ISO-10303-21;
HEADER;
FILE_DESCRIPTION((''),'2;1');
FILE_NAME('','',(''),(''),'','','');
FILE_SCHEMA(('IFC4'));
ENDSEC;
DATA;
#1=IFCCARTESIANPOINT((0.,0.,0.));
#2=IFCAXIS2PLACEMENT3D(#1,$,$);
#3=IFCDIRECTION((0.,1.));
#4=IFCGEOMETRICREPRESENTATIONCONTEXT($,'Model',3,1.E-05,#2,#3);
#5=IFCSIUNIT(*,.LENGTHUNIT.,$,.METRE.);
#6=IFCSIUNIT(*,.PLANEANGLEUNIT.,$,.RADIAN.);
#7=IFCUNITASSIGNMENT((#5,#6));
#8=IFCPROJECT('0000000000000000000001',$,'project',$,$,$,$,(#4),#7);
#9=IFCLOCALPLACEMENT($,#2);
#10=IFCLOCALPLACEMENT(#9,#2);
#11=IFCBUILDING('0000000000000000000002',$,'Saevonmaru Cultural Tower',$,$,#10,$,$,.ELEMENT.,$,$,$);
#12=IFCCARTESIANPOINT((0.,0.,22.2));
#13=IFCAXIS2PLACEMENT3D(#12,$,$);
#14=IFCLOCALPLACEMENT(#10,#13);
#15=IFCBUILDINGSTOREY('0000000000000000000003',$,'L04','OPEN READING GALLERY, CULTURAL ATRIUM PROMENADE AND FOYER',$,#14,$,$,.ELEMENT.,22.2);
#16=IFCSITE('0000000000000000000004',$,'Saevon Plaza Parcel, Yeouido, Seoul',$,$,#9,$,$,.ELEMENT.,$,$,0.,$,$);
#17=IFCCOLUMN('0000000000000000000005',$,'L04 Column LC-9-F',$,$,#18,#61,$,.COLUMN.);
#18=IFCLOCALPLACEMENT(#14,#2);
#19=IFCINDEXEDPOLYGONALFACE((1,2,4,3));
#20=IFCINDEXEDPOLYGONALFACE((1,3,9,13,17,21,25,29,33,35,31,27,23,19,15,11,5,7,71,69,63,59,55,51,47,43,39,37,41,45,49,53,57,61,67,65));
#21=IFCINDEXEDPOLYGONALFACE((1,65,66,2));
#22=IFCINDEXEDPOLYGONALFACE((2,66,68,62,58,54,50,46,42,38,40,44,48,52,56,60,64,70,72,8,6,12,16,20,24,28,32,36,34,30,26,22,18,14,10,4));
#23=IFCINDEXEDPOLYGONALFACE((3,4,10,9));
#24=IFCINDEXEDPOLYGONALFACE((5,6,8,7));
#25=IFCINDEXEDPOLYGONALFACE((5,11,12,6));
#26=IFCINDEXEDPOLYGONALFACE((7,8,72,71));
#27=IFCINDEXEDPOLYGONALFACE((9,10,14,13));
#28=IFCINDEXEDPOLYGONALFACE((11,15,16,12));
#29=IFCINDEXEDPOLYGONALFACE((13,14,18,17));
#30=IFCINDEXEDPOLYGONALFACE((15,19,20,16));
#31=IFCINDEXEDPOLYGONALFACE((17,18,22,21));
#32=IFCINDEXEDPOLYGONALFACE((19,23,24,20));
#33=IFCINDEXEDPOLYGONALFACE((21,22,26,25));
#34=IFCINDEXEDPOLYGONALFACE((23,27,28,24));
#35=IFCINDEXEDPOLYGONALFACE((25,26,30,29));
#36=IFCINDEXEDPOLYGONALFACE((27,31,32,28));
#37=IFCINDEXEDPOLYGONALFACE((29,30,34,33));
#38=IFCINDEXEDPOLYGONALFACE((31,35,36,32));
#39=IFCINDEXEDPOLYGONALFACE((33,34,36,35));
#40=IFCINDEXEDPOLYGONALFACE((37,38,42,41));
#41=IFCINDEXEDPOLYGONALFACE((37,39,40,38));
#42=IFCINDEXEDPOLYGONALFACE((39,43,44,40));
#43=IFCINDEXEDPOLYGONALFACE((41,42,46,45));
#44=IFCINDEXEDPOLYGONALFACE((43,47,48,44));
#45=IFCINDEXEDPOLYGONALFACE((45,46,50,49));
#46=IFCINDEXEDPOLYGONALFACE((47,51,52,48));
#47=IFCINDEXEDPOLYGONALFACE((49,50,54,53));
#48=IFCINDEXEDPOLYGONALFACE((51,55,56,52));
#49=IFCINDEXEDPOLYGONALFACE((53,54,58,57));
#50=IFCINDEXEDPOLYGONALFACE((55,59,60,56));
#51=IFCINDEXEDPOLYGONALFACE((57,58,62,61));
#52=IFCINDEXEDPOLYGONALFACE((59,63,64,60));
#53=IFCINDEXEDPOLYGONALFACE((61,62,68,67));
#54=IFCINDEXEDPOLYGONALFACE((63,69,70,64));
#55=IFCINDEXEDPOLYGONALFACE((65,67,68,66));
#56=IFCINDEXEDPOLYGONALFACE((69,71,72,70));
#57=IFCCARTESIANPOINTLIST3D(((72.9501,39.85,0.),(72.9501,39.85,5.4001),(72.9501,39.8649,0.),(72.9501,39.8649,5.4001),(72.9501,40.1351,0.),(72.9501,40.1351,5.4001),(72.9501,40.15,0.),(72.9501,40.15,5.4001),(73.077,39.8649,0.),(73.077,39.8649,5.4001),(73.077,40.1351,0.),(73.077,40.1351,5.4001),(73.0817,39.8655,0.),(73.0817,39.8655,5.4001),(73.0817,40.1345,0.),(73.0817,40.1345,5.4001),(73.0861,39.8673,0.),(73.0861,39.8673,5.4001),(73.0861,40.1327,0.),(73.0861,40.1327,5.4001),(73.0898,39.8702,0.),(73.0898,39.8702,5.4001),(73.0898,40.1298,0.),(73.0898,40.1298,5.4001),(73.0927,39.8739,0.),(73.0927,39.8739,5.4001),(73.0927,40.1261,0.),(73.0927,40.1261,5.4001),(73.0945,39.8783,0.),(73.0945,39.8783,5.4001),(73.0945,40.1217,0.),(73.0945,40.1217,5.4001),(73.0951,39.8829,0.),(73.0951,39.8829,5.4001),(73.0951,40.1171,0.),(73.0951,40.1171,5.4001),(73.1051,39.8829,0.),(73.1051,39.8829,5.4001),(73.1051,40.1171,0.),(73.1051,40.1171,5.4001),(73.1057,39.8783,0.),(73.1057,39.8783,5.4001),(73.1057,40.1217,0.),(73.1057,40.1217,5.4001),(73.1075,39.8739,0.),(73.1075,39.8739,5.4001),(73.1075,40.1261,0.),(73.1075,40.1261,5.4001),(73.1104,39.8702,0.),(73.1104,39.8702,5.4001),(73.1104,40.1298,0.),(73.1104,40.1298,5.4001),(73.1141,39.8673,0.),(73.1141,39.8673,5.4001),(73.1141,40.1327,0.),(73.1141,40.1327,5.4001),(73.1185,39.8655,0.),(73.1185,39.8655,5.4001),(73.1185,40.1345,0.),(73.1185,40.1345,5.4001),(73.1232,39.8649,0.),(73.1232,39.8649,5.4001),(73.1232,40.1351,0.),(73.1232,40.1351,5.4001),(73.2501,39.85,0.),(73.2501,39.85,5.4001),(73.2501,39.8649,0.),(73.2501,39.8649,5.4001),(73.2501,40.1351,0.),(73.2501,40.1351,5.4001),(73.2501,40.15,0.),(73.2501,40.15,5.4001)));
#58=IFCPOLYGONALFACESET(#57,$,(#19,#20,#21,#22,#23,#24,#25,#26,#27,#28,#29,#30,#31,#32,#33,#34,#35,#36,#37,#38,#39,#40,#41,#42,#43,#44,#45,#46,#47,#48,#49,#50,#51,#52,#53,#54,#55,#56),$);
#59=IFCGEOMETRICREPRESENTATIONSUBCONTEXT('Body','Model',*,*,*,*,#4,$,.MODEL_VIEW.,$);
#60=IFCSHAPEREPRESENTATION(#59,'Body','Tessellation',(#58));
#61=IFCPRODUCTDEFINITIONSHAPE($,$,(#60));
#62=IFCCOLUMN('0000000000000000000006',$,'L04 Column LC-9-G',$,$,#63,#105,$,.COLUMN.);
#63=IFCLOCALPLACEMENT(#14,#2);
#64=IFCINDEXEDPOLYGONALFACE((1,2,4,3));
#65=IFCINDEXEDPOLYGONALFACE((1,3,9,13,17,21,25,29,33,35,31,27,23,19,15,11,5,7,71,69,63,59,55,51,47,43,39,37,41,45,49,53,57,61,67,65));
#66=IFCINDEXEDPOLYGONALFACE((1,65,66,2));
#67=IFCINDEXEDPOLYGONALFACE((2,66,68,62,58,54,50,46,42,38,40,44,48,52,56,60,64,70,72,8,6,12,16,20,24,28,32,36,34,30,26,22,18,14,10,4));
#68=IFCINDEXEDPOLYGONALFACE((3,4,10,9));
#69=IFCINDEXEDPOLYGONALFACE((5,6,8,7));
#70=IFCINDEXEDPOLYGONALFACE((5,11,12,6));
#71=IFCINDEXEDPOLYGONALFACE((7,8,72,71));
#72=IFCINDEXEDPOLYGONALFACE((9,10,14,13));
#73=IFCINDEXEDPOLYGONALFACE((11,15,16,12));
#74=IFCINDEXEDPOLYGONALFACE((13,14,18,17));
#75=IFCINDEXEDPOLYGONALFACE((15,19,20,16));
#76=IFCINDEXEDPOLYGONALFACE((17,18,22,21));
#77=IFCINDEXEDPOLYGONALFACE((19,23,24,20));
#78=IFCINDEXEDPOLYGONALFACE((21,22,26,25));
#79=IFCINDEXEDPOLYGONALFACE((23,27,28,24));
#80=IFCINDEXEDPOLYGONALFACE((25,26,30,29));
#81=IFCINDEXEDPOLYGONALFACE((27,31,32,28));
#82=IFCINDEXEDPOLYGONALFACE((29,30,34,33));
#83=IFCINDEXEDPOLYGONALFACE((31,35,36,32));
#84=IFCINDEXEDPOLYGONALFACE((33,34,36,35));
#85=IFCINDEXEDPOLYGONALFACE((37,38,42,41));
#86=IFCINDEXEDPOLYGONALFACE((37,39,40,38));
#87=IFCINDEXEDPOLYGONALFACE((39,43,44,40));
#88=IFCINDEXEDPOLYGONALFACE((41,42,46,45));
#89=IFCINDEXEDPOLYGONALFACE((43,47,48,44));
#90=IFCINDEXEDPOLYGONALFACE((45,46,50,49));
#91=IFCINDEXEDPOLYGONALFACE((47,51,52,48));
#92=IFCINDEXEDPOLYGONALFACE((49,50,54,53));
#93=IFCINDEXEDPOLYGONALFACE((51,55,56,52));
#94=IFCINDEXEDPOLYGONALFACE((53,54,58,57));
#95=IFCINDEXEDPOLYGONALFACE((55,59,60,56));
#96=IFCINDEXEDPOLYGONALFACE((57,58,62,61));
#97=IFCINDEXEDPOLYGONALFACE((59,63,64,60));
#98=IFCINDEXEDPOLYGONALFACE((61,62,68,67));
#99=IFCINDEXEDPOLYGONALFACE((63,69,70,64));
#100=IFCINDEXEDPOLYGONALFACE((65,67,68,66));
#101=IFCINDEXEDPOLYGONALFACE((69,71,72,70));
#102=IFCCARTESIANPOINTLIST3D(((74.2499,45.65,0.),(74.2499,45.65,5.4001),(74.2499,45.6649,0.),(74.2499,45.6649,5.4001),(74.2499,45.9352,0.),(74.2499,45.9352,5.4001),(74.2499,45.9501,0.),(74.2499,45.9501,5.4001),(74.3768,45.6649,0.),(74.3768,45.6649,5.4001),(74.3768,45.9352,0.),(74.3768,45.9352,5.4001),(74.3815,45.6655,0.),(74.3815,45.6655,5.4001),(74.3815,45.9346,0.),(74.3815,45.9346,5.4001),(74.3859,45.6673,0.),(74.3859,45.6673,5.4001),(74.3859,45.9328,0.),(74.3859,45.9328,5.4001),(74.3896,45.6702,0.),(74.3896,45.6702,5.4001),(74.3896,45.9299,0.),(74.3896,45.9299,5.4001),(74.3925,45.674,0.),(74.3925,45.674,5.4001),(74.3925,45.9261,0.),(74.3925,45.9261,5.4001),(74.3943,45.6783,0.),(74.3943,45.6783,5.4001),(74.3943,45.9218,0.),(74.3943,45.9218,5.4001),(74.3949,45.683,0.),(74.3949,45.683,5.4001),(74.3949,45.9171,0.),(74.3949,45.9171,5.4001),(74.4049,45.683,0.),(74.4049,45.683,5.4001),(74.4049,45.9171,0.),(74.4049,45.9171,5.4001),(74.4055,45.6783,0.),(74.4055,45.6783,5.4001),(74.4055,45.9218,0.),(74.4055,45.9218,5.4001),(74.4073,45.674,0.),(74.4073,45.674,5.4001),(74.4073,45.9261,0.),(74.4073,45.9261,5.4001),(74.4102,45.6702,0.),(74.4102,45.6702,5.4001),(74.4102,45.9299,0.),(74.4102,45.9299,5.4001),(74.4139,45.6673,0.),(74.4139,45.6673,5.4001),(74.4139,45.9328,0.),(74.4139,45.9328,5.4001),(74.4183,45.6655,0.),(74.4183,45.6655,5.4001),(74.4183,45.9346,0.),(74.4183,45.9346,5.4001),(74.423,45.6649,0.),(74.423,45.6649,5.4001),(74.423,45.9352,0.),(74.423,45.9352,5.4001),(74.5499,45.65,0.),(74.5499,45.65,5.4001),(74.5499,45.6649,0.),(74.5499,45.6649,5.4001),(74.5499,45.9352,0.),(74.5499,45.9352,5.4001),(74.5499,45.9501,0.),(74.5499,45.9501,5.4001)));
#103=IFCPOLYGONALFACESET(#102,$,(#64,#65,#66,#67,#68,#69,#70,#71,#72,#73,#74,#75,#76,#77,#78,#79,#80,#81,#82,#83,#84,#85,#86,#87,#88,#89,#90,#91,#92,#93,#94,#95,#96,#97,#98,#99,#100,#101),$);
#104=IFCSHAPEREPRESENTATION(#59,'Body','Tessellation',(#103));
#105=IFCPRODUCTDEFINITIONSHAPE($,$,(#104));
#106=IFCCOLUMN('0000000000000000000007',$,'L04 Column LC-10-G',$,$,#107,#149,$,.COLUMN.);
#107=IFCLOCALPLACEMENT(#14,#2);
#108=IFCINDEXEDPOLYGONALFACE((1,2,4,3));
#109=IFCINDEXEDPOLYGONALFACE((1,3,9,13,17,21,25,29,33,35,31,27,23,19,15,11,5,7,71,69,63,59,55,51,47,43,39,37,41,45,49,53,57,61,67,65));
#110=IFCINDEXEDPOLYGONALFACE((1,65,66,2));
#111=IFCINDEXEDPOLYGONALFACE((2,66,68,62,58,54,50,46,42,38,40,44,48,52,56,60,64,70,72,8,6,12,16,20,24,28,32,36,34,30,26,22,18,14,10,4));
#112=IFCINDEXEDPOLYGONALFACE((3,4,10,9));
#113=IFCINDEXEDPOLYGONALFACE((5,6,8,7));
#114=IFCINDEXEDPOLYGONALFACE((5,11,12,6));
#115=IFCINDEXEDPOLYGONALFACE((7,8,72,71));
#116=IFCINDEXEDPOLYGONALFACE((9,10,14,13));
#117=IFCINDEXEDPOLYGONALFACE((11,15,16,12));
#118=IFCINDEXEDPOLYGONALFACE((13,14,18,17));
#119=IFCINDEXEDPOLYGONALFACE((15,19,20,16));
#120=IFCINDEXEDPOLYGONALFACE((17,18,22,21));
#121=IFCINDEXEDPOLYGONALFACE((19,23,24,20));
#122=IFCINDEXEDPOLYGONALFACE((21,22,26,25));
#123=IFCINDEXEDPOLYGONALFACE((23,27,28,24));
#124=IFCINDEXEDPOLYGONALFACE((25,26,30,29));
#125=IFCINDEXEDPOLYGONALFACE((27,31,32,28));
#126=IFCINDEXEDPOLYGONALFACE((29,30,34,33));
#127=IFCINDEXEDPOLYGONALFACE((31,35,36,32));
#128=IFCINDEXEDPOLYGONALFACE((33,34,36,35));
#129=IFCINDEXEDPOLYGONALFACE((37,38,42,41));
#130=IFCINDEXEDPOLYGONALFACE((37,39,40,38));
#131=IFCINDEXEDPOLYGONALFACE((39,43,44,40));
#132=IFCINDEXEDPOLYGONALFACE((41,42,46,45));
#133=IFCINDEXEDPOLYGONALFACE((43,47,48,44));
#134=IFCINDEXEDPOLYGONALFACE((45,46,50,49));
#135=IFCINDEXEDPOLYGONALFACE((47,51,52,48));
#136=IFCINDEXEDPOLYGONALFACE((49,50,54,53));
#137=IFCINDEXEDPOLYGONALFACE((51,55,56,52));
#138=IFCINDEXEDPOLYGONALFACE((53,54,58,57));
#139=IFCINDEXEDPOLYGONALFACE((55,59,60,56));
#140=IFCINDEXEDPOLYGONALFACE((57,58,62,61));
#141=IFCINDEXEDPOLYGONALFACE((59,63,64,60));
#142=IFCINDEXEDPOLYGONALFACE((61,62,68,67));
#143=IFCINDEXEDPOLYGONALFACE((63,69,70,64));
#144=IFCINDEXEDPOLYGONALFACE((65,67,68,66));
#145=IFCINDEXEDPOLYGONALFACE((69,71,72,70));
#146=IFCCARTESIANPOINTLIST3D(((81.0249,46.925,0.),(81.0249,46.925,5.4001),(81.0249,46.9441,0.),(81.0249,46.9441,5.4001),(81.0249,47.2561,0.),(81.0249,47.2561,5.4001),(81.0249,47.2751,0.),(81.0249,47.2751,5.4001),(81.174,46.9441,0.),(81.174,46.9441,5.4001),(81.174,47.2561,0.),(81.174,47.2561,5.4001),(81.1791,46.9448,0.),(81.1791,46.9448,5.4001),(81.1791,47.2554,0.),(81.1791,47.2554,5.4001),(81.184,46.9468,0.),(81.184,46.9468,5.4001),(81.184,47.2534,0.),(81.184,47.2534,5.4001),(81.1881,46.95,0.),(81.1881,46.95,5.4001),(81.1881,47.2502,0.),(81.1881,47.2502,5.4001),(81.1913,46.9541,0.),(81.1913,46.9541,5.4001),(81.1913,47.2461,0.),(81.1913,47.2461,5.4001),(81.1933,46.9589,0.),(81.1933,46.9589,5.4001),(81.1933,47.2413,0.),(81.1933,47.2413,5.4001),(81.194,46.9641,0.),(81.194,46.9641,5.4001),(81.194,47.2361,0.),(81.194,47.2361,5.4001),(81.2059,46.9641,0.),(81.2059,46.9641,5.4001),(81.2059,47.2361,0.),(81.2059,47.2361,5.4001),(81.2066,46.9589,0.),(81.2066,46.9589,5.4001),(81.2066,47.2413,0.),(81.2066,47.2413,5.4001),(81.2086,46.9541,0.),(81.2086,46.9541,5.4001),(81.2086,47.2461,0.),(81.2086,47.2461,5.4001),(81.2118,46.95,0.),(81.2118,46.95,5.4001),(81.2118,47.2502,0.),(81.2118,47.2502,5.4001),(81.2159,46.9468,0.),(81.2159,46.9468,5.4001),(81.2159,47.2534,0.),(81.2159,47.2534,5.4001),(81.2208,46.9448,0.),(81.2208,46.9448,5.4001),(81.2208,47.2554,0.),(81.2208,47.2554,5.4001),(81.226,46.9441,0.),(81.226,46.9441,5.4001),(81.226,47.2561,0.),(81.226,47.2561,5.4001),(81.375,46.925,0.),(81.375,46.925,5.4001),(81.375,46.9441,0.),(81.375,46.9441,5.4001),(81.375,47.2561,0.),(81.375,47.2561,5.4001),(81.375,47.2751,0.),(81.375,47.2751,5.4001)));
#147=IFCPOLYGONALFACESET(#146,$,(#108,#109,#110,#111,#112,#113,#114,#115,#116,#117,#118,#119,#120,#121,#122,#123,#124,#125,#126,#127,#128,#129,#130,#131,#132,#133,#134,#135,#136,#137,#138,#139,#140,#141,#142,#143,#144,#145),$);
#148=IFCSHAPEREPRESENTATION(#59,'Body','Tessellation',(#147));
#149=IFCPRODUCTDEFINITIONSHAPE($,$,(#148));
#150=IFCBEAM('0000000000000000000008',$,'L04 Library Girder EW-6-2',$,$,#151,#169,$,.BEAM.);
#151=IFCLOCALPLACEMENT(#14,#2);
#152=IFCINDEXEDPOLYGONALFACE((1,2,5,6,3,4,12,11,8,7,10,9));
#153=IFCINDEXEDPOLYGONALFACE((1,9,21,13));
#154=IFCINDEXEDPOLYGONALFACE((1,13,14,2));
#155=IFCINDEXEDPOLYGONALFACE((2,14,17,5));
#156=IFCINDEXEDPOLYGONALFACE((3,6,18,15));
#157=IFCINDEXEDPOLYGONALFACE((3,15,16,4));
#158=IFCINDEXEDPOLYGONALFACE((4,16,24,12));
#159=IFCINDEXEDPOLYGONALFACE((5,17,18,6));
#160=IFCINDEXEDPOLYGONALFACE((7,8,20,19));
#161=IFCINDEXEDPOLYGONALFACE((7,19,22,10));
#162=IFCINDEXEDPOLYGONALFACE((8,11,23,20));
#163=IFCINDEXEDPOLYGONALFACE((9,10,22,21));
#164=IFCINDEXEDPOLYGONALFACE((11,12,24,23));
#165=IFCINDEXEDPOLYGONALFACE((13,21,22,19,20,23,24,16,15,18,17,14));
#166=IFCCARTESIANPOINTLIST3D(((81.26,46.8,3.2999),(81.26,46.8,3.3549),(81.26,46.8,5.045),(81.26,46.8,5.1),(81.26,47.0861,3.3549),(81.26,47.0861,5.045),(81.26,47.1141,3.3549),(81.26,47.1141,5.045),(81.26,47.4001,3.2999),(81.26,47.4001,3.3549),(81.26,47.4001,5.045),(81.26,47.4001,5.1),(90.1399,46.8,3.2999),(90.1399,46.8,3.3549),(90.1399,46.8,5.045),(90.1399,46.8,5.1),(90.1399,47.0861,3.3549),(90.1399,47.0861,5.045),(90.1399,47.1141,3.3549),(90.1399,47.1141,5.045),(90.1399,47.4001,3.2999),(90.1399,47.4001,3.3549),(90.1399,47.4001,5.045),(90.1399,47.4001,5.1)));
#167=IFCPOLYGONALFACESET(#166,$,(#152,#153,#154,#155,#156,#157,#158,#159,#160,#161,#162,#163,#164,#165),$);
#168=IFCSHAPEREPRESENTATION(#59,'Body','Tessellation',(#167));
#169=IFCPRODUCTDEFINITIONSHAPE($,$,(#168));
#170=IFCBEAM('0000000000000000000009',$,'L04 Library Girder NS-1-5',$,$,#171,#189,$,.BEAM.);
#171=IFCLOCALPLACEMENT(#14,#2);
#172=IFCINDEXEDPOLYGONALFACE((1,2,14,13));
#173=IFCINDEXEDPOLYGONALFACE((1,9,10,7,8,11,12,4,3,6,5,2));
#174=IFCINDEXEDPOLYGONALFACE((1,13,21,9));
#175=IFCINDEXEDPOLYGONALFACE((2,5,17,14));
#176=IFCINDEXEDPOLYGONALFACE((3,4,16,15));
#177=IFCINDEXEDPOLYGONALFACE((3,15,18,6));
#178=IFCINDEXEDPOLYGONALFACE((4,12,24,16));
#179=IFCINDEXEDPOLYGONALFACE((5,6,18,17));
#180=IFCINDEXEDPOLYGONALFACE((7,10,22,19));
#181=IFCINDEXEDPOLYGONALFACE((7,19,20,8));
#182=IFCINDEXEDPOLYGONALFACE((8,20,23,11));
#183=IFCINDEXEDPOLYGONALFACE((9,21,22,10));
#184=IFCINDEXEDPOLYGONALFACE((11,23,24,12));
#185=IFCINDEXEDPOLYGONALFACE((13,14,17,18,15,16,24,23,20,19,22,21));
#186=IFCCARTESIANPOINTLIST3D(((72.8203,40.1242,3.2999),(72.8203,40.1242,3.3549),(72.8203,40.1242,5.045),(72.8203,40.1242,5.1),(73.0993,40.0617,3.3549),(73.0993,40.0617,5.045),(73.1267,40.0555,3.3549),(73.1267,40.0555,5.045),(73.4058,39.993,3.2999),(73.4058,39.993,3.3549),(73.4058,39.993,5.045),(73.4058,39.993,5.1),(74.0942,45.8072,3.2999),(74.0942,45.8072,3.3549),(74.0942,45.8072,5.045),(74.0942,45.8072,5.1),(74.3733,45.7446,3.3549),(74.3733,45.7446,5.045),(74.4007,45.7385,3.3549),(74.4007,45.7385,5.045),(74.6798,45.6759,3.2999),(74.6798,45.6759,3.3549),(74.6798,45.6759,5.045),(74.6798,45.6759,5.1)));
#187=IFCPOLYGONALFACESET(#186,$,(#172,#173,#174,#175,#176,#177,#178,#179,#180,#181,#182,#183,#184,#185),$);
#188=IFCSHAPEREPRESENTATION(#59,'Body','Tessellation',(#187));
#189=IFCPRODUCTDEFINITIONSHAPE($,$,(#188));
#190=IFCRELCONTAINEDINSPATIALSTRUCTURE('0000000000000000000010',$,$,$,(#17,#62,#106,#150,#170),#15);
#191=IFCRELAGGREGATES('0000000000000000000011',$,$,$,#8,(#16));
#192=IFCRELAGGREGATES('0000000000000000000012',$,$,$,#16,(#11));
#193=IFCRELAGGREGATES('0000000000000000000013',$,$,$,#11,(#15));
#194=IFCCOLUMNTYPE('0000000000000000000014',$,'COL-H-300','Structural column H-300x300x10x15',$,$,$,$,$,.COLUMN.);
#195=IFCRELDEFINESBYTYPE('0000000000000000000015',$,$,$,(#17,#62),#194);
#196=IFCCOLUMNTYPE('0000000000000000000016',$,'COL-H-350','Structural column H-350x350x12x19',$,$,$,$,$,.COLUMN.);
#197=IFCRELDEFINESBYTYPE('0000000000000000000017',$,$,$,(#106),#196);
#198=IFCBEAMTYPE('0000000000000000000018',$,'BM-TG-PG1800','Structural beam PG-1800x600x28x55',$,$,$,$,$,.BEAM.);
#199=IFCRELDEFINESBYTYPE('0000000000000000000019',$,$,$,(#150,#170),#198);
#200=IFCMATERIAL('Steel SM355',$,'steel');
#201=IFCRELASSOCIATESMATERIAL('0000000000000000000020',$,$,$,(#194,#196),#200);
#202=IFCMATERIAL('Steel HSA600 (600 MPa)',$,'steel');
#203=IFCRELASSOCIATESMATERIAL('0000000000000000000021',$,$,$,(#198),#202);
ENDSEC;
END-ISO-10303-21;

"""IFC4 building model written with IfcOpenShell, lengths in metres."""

from ifc_helpers import new_model, si_unit, direction, frame, origin, origin_2d, place, context, subcontext, project, spatial, i_section, extrude, material, material_profile, profile_set, type_object, element, save


model = new_model("IFC4")

# Units and contexts
model_context = context("Model", 3, precision=1e-05, world=origin(), true_north=direction((0.0, 1.0)))
body_context = subcontext(model_context, "Body", "Model", "MODEL_VIEW")
ifc_project = project(units=[si_unit("LENGTHUNIT", "METRE"), si_unit("PLANEANGLEUNIT", "RADIAN")], contexts=[model_context])

# Site, building, storey
site_placement = place(None, origin())
site = spatial("IfcSite", under=ifc_project, at=site_placement, Name="Saevon Plaza Parcel, Yeouido, Seoul", CompositionType="ELEMENT", RefElevation=0.0)
building_placement = place(site_placement, origin())
building = spatial("IfcBuilding", under=site, at=building_placement, Name="Saevonmaru Cultural Tower", CompositionType="ELEMENT")
storey_placement = place(building_placement, frame((0.0, 0.0, 22.2)))
storey = spatial("IfcBuildingStorey", under=building, at=storey_placement, Name="L04", Description="OPEN READING GALLERY, CULTURAL ATRIUM PROMENADE AND FOYER", CompositionType="ELEMENT", Elevation=22.2)

# Columns
ifc_material_1 = material(Name="Steel SM355", Category="steel")
ifc_material_profile_1 = material_profile(ifc_material_1, i_section(OverallWidth=0.3, OverallDepth=0.3, WebThickness=0.01, FlangeThickness=0.0149, FilletRadius=0.0181, at=origin_2d()), Name="H-300x300x10x15")
ifc_profile_set_1 = profile_set([ifc_material_profile_1], Name="Steel SM355")
column_type_1 = type_object("IfcColumnType", Name="COL-H-300", Description="Structural column H-300x300x10x15", PredefinedType="COLUMN", material=ifc_profile_set_1)
for number, where, z_axis, x_axis, name in (
    (1, (73.1001, 40.0, 0.0), (0.0, 0.0, 1.0), (1.0, 0.0, 0.0), "L04 Column LC-9-F"),
    (2, (74.3999, 45.8, 0.0), (0.0, 0.0, 1.0), (1.0, 0.0, 0.0), "L04 Column LC-9-G"),
):
    element("IfcColumn", number, at=place(storey_placement, frame(where, z_axis=z_axis, x_axis=x_axis)), inside=storey, type_object=column_type_1, Name=name, PredefinedType="COLUMN", context=body_context, shape_type="SweptSolid", body=[
        extrude(i_section(OverallWidth=0.3, OverallDepth=0.3, WebThickness=0.01, FlangeThickness=0.0149, FilletRadius=0.0181, at=origin_2d()), origin(), (0.0, 0.0, 1.0), 5.4001),
    ])
ifc_material_profile_2 = material_profile(ifc_material_1, i_section(OverallWidth=0.3501, OverallDepth=0.3501, WebThickness=0.012, FlangeThickness=0.019, FilletRadius=0.02, at=origin_2d()), Name="H-350x350x12x19")
ifc_profile_set_2 = profile_set([ifc_material_profile_2], Name="Steel SM355")
column_type_2 = type_object("IfcColumnType", Name="COL-H-350", Description="Structural column H-350x350x12x19", PredefinedType="COLUMN", material=ifc_profile_set_2)
column_placement = place(storey_placement, frame((81.2, 47.1001, 0.0), z_axis=(0.0, 0.0, 1.0), x_axis=(1.0, 0.0, 0.0)))
element("IfcColumn", 3, at=column_placement, inside=storey, type_object=column_type_2, Name="L04 Column LC-10-G", PredefinedType="COLUMN", context=body_context, shape_type="SweptSolid", body=[
    extrude(i_section(OverallWidth=0.3501, OverallDepth=0.3501, WebThickness=0.012, FlangeThickness=0.019, FilletRadius=0.02, at=origin_2d()), origin(), (0.0, 0.0, 1.0), 5.4001),
])

# Beams
ifc_material_2 = material(Name="Steel HSA600 (600 MPa)", Category="steel")
ifc_material_profile_3 = material_profile(ifc_material_2, i_section(OverallWidth=0.6001, OverallDepth=1.8, WebThickness=0.0281, FlangeThickness=0.0549, at=origin_2d()), Name="PG-1800x600x28x55")
ifc_profile_set_3 = profile_set([ifc_material_profile_3], Name="Steel HSA600 (600 MPa)")
beam_type = type_object("IfcBeamType", Name="BM-TG-PG1800", Description="Structural beam PG-1800x600x28x55", PredefinedType="BEAM", material=ifc_profile_set_3)
beam_1_placement = place(storey_placement, frame((81.26, 47.1001, 4.2), z_axis=(1.0, 0.0, 0.0), x_axis=(0.0, 1.0, 0.0)))
element("IfcBeam", 4, at=beam_1_placement, inside=storey, type_object=beam_type, Name="L04 Library Girder EW-6-2", PredefinedType="BEAM", context=body_context, shape_type="SweptSolid", body=[
    extrude(i_section(OverallWidth=0.6001, OverallDepth=1.8, WebThickness=0.0281, FlangeThickness=0.0549, at=origin_2d()), origin(), (0.0, 0.0, 1.0), 8.8799),
])
beam_2_placement = place(storey_placement, frame((73.113, 40.0586, 4.2), z_axis=(0.218741, 0.975783, 0.0), x_axis=(-0.975783, 0.218741, 0.0)))
element("IfcBeam", 5, at=beam_2_placement, inside=storey, type_object=beam_type, Name="L04 Library Girder NS-1-5", PredefinedType="BEAM", context=body_context, shape_type="SweptSolid", body=[
    extrude(i_section(OverallWidth=0.6001, OverallDepth=1.8, WebThickness=0.0281, FlangeThickness=0.0549, at=origin_2d()), origin(), (0.0, 0.0, 1.0), 5.824),
])

save(model, "model.ifc")
